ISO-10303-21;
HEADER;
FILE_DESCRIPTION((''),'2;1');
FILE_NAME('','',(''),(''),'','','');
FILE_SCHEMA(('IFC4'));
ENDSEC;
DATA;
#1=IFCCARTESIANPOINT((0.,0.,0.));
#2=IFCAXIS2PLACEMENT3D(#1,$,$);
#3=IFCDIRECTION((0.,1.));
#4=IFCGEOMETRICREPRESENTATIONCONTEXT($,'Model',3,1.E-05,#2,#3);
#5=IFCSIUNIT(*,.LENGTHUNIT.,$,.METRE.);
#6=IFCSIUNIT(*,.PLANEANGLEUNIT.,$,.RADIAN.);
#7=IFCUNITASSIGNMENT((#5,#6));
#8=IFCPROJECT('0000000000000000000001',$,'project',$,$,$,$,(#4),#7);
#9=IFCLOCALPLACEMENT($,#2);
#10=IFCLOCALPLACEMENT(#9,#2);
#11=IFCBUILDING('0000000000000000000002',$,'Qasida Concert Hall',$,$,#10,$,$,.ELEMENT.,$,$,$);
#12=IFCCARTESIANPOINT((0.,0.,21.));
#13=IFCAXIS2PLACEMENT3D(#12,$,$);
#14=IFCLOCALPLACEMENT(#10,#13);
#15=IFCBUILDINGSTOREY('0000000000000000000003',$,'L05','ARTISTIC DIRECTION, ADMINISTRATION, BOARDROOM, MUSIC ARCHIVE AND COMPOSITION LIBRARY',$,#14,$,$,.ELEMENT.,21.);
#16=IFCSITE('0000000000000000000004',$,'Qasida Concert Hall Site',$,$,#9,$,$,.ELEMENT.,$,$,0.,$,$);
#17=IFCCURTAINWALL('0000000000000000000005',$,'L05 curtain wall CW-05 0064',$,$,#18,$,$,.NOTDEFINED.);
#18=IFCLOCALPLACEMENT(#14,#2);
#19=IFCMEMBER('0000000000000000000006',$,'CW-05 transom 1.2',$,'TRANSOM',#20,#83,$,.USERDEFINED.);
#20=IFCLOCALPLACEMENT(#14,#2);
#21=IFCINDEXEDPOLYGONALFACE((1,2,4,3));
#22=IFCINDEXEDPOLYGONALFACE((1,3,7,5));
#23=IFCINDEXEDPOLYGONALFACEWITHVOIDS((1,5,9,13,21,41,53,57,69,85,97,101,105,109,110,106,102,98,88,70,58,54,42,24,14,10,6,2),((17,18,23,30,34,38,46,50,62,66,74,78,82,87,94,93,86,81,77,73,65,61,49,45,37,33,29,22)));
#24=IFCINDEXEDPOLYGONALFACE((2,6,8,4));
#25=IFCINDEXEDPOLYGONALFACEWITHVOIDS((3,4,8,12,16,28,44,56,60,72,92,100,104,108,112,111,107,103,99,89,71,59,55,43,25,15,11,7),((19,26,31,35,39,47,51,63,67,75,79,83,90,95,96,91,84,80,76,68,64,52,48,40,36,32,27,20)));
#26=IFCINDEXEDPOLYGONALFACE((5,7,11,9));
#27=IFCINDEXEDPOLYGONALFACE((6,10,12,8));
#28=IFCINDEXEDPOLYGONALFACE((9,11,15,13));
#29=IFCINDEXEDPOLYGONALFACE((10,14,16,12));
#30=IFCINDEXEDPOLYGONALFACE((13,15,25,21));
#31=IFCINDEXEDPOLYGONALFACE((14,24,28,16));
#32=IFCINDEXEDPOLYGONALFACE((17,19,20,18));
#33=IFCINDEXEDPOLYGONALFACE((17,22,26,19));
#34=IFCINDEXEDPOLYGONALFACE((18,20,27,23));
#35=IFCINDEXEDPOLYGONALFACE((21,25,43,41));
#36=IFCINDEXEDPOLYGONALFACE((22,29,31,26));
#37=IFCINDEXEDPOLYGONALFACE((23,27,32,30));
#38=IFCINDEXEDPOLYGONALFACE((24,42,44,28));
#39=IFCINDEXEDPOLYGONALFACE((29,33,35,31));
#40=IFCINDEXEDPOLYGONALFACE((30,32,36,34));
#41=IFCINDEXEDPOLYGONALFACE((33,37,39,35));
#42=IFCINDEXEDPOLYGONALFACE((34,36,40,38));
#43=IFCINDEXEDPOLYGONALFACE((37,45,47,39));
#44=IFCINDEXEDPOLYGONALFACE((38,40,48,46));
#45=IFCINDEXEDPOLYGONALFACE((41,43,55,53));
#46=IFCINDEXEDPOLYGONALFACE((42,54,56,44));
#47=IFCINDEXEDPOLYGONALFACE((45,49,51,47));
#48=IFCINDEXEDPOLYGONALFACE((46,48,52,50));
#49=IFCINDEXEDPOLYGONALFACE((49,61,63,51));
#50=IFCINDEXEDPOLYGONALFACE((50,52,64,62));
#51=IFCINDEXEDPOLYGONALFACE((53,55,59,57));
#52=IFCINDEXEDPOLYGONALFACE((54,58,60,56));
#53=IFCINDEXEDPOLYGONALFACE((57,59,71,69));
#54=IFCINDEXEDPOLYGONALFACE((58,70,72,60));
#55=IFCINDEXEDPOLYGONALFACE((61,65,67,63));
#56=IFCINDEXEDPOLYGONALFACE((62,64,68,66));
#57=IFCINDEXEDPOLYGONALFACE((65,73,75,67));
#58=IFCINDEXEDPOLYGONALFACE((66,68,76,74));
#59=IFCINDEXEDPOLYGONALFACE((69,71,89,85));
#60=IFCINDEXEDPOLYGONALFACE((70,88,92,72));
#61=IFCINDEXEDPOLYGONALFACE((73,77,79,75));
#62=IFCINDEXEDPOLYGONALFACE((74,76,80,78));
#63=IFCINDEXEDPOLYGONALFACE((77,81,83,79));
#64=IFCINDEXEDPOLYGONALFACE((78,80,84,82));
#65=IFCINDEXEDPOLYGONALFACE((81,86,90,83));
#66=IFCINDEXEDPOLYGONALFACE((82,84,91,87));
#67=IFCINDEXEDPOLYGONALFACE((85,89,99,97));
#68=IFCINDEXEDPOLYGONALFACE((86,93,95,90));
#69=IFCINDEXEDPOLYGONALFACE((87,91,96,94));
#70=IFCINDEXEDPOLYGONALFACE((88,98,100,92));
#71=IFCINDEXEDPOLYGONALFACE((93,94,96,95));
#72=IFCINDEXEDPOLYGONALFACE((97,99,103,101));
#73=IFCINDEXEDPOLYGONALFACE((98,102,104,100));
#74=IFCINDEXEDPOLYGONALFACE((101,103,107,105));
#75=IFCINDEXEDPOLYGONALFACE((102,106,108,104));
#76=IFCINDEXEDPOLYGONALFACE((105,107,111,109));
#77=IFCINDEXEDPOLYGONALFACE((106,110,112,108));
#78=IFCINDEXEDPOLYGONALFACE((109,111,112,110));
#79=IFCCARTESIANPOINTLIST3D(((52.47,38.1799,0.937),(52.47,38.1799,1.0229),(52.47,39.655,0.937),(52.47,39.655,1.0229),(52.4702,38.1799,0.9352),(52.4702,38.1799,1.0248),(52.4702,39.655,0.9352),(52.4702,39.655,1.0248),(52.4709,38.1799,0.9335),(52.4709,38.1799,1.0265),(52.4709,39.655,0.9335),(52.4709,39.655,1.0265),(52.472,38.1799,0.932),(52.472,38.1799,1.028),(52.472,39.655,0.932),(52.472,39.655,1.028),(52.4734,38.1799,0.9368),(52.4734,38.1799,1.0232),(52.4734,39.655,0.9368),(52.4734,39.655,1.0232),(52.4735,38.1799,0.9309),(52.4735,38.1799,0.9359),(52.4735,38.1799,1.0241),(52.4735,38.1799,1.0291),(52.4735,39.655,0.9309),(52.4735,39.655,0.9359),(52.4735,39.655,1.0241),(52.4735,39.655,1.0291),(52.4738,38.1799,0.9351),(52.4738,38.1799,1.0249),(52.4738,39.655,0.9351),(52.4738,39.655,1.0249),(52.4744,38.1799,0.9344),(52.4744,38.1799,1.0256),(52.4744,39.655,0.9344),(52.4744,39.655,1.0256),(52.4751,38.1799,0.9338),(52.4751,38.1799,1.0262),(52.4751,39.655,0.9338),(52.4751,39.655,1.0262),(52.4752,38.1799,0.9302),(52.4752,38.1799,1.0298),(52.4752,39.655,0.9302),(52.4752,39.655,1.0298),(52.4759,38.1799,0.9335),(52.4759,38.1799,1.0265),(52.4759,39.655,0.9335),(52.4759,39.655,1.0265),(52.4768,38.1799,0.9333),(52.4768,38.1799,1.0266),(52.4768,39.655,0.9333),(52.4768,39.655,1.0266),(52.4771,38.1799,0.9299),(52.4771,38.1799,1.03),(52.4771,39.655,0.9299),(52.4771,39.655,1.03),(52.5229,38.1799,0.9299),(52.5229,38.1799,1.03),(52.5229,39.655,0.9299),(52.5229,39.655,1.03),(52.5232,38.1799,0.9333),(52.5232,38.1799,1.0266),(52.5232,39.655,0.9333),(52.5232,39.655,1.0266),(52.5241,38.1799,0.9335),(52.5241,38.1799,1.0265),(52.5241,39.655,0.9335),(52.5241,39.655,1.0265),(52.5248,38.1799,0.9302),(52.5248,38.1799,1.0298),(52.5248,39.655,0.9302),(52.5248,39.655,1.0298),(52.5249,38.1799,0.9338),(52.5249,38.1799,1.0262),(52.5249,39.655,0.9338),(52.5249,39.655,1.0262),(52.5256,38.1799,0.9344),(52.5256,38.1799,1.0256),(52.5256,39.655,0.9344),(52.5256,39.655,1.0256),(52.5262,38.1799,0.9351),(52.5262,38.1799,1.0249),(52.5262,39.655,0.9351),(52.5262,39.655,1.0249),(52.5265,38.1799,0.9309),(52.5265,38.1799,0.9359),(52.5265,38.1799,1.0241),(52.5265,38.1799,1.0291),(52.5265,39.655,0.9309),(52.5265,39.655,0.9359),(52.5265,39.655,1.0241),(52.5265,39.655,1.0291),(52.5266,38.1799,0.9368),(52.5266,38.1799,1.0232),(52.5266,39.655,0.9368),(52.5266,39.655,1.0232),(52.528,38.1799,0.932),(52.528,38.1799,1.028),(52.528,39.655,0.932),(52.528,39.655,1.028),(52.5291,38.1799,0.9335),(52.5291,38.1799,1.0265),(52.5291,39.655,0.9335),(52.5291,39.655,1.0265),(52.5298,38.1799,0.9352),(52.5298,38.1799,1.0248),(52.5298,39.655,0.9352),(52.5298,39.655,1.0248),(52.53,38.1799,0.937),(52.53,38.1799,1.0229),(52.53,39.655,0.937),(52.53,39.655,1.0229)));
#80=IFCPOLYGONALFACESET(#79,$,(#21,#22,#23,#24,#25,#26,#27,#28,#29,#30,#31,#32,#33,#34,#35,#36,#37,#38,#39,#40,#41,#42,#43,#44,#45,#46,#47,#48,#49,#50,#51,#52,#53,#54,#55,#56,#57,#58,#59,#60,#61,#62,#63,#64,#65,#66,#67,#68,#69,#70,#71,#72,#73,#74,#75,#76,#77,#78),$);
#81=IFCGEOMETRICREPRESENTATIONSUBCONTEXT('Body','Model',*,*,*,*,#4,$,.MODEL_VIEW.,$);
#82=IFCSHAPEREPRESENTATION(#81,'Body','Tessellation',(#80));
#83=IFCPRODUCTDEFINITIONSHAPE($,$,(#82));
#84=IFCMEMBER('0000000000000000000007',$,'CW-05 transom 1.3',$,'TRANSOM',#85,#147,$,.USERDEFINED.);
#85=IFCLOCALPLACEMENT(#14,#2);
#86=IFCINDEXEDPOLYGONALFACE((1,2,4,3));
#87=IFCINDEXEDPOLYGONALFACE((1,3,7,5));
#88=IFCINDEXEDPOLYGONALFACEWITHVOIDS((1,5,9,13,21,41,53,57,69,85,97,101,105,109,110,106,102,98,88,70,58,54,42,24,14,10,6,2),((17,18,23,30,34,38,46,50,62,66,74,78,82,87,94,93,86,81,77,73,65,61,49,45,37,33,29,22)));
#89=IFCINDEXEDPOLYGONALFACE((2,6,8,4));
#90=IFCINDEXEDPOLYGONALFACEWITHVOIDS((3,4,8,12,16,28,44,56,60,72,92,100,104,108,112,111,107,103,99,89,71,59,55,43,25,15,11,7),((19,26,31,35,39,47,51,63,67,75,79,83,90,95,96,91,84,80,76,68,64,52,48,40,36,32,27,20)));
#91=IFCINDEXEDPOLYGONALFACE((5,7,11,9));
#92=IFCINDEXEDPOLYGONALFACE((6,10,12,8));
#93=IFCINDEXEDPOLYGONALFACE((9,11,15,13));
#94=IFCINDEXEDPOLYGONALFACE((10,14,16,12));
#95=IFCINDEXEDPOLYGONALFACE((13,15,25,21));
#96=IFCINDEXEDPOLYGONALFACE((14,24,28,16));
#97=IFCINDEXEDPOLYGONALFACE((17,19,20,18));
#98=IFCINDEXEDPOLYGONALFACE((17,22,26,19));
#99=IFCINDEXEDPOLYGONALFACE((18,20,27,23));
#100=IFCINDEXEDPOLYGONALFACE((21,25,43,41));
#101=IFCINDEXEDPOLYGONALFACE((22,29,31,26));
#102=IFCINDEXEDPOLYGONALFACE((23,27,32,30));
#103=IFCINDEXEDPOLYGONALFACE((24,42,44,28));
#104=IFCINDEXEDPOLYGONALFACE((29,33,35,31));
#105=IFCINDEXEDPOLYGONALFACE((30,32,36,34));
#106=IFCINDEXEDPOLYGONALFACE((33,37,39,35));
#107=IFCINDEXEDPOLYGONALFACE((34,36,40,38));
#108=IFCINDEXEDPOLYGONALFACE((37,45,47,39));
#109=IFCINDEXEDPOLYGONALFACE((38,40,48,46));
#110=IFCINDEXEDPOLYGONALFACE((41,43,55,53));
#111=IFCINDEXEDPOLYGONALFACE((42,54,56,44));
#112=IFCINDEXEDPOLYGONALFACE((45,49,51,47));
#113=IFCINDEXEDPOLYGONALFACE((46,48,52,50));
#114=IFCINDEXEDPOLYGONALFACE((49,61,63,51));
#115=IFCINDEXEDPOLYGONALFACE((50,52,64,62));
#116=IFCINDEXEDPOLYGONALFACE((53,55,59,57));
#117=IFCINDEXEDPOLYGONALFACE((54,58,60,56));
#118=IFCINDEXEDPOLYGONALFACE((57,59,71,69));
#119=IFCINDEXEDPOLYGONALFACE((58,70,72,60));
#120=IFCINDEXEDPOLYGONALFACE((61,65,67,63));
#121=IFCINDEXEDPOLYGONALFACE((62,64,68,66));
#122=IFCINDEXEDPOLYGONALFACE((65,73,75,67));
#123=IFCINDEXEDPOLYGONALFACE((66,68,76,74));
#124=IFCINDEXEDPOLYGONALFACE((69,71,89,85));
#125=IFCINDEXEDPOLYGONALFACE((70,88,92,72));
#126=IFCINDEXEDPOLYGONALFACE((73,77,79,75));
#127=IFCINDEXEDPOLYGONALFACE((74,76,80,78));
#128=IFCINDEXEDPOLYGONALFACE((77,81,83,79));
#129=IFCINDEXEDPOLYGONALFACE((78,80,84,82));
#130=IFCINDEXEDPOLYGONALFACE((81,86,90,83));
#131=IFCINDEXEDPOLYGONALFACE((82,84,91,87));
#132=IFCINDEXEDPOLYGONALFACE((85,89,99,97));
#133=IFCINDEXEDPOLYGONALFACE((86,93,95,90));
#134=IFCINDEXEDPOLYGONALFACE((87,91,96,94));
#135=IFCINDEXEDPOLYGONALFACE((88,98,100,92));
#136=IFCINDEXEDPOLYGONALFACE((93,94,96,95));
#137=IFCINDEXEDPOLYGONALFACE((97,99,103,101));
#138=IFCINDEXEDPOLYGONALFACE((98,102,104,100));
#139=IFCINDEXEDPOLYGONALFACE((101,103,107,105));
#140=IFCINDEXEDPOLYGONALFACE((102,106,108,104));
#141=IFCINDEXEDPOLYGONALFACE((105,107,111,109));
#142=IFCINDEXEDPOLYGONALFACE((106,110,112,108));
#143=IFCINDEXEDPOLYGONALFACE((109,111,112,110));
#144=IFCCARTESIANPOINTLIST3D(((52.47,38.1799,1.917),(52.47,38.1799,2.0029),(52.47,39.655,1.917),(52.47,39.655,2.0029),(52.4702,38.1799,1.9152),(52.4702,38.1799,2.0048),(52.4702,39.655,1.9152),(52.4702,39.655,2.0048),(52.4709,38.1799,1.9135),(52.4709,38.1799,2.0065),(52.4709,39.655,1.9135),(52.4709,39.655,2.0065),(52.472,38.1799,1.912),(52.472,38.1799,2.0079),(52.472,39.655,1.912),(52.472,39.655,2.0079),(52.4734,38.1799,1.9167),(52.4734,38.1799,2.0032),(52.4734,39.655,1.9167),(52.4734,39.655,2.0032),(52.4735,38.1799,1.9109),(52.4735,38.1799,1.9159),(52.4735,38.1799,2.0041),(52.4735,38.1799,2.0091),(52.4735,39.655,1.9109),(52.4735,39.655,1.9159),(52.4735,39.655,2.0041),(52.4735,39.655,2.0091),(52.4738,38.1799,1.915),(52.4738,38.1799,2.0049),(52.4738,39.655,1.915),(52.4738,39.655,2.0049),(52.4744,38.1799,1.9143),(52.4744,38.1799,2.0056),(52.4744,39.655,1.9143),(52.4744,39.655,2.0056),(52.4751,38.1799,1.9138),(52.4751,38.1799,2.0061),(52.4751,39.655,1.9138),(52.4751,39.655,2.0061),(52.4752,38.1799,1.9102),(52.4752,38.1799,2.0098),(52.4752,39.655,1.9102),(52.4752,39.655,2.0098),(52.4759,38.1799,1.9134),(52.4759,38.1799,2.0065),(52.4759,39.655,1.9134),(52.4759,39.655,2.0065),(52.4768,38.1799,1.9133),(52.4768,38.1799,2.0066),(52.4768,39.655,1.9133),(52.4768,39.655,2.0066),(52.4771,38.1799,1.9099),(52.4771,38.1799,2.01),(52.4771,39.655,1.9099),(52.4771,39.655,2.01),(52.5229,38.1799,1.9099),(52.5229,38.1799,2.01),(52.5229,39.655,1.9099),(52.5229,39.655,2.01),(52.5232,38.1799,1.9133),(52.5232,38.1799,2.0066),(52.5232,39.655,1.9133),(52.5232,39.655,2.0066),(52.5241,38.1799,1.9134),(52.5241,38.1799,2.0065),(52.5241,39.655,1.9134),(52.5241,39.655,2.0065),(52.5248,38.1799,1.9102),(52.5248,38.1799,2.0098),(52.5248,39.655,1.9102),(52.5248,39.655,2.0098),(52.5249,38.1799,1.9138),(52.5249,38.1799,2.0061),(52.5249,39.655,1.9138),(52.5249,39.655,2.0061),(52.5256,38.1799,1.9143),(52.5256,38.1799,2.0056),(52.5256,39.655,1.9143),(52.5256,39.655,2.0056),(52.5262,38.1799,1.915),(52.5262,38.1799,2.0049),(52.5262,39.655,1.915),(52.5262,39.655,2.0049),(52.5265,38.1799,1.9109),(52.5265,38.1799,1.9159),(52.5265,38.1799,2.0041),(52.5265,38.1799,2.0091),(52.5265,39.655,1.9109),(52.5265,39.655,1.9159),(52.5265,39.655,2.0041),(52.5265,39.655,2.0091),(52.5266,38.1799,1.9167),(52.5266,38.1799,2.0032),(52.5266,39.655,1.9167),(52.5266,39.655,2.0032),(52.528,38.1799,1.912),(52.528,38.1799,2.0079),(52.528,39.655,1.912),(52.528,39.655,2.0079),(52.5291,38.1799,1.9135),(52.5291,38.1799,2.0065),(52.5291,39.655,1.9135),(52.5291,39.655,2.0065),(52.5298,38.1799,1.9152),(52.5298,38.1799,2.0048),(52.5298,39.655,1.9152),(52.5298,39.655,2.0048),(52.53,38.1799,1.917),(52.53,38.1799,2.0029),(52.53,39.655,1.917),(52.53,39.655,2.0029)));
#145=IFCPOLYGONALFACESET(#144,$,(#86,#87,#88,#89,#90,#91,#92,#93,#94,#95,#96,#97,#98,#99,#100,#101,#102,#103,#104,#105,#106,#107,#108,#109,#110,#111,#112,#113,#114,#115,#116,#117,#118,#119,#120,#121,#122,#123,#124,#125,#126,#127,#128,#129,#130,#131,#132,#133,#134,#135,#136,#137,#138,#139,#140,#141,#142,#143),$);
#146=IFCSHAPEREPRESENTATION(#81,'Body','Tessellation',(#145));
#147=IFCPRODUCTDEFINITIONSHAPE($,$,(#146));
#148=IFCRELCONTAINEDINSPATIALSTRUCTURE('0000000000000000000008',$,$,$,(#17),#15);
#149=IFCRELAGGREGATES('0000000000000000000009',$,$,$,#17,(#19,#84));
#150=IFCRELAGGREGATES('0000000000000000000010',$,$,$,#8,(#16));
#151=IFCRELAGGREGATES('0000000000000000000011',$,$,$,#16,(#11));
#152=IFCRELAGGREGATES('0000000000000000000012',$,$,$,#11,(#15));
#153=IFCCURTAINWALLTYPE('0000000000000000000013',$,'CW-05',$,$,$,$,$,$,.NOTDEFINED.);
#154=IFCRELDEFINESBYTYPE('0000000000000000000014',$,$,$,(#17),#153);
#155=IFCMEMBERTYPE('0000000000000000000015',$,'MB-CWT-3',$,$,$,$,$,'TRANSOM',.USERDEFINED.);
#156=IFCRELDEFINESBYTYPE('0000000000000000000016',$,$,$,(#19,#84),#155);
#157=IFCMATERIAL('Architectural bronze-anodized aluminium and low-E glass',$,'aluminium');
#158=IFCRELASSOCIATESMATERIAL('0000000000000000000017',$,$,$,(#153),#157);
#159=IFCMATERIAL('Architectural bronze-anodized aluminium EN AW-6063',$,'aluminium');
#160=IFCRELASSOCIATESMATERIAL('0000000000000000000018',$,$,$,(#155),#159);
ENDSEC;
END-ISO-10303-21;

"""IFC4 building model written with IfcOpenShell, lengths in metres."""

from ifc_helpers import new_model, si_unit, direction, frame, origin, origin_2d, place, context, subcontext, project, spatial, hollow_rectangle, extrude, material, material_profile, profile_set, type_object, element, aggregate, save


model = new_model("IFC4")

# Units and contexts
model_context = context("Model", 3, precision=1e-05, world=origin(), true_north=direction((0.0, 1.0)))
body_context = subcontext(model_context, "Body", "Model", "MODEL_VIEW")
ifc_project = project(units=[si_unit("LENGTHUNIT", "METRE"), si_unit("PLANEANGLEUNIT", "RADIAN")], contexts=[model_context])

# Site, building, storey
site_placement = place(None, origin())
site = spatial("IfcSite", under=ifc_project, at=site_placement, Name="Qasida Concert Hall Site", CompositionType="ELEMENT", RefElevation=0.0)
building_placement = place(site_placement, origin())
building = spatial("IfcBuilding", under=site, at=building_placement, Name="Qasida Concert Hall", CompositionType="ELEMENT")
storey_placement = place(building_placement, frame((0.0, 0.0, 21.0)))
storey = spatial("IfcBuildingStorey", under=building, at=storey_placement, Name="L05", Description="ARTISTIC DIRECTION, ADMINISTRATION, BOARDROOM, MUSIC ARCHIVE AND COMPOSITION LIBRARY", CompositionType="ELEMENT", Elevation=21.0)

# Shared definitions
ifc_material_1 = material(Name="Architectural bronze-anodized aluminium and low-E glass", Category="aluminium")
curtain_wall_type = type_object("IfcCurtainWallType", Name="CW-05", PredefinedType="NOTDEFINED", material=ifc_material_1)
ifc_material_2 = material(Name="Architectural bronze-anodized aluminium EN AW-6063", Category="aluminium")

# Curtain wall
curtain_wall_1_placement = place(storey_placement, origin())
curtain_wall_1 = element("IfcCurtainWall", 1, at=curtain_wall_1_placement, inside=storey, type_object=curtain_wall_type, Name="L05 curtain wall CW-05 0064", PredefinedType="NOTDEFINED")

# Members
ifc_material_profile_1 = material_profile(ifc_material_2, hollow_rectangle(XDim=0.0601, YDim=0.1001, WallThickness=0.0034, InnerFilletRadius=0.0034, OuterFilletRadius=0.0071, at=origin_2d()), Name="CWT 100x60x3.5")
ifc_profile_set_1 = profile_set([ifc_material_profile_1], Name="Architectural bronze-anodized aluminium EN AW-6063")
member_type_1 = type_object("IfcMemberType", Name="MB-CWT-3", ElementType="TRANSOM", PredefinedType="USERDEFINED", material=ifc_profile_set_1)
member_1_placement = place(storey_placement, frame((52.5, 38.1799, 0.98), z_axis=(0.0, 1.0, 0.0), x_axis=(-1.0, 0.0, 0.0)))
member_1 = element("IfcMember", 2, at=member_1_placement, type_object=member_type_1, Name="CW-05 transom 1.2", ObjectType="TRANSOM", PredefinedType="USERDEFINED", context=body_context, shape_type="SweptSolid", body=[
    extrude(hollow_rectangle(XDim=0.0601, YDim=0.1001, WallThickness=0.0034, InnerFilletRadius=0.0034, OuterFilletRadius=0.0071, at=origin_2d()), origin(), (0.0, 0.0, 1.0), 1.4751),
])
member_2_placement = place(storey_placement, frame((52.5, 38.1799, 1.96), z_axis=(0.0, 1.0, 0.0), x_axis=(-1.0, 0.0, 0.0)))
member_2 = element("IfcMember", 3, at=member_2_placement, type_object=member_type_1, Name="CW-05 transom 1.3", ObjectType="TRANSOM", PredefinedType="USERDEFINED", context=body_context, shape_type="SweptSolid", body=[
    extrude(hollow_rectangle(XDim=0.0601, YDim=0.1001, WallThickness=0.0034, InnerFilletRadius=0.0034, OuterFilletRadius=0.0071, at=origin_2d()), origin(), (0.0, 0.0, 1.0), 1.4751),
])
aggregate(curtain_wall_1, [member_1, member_2])

save(model, "model.ifc")
